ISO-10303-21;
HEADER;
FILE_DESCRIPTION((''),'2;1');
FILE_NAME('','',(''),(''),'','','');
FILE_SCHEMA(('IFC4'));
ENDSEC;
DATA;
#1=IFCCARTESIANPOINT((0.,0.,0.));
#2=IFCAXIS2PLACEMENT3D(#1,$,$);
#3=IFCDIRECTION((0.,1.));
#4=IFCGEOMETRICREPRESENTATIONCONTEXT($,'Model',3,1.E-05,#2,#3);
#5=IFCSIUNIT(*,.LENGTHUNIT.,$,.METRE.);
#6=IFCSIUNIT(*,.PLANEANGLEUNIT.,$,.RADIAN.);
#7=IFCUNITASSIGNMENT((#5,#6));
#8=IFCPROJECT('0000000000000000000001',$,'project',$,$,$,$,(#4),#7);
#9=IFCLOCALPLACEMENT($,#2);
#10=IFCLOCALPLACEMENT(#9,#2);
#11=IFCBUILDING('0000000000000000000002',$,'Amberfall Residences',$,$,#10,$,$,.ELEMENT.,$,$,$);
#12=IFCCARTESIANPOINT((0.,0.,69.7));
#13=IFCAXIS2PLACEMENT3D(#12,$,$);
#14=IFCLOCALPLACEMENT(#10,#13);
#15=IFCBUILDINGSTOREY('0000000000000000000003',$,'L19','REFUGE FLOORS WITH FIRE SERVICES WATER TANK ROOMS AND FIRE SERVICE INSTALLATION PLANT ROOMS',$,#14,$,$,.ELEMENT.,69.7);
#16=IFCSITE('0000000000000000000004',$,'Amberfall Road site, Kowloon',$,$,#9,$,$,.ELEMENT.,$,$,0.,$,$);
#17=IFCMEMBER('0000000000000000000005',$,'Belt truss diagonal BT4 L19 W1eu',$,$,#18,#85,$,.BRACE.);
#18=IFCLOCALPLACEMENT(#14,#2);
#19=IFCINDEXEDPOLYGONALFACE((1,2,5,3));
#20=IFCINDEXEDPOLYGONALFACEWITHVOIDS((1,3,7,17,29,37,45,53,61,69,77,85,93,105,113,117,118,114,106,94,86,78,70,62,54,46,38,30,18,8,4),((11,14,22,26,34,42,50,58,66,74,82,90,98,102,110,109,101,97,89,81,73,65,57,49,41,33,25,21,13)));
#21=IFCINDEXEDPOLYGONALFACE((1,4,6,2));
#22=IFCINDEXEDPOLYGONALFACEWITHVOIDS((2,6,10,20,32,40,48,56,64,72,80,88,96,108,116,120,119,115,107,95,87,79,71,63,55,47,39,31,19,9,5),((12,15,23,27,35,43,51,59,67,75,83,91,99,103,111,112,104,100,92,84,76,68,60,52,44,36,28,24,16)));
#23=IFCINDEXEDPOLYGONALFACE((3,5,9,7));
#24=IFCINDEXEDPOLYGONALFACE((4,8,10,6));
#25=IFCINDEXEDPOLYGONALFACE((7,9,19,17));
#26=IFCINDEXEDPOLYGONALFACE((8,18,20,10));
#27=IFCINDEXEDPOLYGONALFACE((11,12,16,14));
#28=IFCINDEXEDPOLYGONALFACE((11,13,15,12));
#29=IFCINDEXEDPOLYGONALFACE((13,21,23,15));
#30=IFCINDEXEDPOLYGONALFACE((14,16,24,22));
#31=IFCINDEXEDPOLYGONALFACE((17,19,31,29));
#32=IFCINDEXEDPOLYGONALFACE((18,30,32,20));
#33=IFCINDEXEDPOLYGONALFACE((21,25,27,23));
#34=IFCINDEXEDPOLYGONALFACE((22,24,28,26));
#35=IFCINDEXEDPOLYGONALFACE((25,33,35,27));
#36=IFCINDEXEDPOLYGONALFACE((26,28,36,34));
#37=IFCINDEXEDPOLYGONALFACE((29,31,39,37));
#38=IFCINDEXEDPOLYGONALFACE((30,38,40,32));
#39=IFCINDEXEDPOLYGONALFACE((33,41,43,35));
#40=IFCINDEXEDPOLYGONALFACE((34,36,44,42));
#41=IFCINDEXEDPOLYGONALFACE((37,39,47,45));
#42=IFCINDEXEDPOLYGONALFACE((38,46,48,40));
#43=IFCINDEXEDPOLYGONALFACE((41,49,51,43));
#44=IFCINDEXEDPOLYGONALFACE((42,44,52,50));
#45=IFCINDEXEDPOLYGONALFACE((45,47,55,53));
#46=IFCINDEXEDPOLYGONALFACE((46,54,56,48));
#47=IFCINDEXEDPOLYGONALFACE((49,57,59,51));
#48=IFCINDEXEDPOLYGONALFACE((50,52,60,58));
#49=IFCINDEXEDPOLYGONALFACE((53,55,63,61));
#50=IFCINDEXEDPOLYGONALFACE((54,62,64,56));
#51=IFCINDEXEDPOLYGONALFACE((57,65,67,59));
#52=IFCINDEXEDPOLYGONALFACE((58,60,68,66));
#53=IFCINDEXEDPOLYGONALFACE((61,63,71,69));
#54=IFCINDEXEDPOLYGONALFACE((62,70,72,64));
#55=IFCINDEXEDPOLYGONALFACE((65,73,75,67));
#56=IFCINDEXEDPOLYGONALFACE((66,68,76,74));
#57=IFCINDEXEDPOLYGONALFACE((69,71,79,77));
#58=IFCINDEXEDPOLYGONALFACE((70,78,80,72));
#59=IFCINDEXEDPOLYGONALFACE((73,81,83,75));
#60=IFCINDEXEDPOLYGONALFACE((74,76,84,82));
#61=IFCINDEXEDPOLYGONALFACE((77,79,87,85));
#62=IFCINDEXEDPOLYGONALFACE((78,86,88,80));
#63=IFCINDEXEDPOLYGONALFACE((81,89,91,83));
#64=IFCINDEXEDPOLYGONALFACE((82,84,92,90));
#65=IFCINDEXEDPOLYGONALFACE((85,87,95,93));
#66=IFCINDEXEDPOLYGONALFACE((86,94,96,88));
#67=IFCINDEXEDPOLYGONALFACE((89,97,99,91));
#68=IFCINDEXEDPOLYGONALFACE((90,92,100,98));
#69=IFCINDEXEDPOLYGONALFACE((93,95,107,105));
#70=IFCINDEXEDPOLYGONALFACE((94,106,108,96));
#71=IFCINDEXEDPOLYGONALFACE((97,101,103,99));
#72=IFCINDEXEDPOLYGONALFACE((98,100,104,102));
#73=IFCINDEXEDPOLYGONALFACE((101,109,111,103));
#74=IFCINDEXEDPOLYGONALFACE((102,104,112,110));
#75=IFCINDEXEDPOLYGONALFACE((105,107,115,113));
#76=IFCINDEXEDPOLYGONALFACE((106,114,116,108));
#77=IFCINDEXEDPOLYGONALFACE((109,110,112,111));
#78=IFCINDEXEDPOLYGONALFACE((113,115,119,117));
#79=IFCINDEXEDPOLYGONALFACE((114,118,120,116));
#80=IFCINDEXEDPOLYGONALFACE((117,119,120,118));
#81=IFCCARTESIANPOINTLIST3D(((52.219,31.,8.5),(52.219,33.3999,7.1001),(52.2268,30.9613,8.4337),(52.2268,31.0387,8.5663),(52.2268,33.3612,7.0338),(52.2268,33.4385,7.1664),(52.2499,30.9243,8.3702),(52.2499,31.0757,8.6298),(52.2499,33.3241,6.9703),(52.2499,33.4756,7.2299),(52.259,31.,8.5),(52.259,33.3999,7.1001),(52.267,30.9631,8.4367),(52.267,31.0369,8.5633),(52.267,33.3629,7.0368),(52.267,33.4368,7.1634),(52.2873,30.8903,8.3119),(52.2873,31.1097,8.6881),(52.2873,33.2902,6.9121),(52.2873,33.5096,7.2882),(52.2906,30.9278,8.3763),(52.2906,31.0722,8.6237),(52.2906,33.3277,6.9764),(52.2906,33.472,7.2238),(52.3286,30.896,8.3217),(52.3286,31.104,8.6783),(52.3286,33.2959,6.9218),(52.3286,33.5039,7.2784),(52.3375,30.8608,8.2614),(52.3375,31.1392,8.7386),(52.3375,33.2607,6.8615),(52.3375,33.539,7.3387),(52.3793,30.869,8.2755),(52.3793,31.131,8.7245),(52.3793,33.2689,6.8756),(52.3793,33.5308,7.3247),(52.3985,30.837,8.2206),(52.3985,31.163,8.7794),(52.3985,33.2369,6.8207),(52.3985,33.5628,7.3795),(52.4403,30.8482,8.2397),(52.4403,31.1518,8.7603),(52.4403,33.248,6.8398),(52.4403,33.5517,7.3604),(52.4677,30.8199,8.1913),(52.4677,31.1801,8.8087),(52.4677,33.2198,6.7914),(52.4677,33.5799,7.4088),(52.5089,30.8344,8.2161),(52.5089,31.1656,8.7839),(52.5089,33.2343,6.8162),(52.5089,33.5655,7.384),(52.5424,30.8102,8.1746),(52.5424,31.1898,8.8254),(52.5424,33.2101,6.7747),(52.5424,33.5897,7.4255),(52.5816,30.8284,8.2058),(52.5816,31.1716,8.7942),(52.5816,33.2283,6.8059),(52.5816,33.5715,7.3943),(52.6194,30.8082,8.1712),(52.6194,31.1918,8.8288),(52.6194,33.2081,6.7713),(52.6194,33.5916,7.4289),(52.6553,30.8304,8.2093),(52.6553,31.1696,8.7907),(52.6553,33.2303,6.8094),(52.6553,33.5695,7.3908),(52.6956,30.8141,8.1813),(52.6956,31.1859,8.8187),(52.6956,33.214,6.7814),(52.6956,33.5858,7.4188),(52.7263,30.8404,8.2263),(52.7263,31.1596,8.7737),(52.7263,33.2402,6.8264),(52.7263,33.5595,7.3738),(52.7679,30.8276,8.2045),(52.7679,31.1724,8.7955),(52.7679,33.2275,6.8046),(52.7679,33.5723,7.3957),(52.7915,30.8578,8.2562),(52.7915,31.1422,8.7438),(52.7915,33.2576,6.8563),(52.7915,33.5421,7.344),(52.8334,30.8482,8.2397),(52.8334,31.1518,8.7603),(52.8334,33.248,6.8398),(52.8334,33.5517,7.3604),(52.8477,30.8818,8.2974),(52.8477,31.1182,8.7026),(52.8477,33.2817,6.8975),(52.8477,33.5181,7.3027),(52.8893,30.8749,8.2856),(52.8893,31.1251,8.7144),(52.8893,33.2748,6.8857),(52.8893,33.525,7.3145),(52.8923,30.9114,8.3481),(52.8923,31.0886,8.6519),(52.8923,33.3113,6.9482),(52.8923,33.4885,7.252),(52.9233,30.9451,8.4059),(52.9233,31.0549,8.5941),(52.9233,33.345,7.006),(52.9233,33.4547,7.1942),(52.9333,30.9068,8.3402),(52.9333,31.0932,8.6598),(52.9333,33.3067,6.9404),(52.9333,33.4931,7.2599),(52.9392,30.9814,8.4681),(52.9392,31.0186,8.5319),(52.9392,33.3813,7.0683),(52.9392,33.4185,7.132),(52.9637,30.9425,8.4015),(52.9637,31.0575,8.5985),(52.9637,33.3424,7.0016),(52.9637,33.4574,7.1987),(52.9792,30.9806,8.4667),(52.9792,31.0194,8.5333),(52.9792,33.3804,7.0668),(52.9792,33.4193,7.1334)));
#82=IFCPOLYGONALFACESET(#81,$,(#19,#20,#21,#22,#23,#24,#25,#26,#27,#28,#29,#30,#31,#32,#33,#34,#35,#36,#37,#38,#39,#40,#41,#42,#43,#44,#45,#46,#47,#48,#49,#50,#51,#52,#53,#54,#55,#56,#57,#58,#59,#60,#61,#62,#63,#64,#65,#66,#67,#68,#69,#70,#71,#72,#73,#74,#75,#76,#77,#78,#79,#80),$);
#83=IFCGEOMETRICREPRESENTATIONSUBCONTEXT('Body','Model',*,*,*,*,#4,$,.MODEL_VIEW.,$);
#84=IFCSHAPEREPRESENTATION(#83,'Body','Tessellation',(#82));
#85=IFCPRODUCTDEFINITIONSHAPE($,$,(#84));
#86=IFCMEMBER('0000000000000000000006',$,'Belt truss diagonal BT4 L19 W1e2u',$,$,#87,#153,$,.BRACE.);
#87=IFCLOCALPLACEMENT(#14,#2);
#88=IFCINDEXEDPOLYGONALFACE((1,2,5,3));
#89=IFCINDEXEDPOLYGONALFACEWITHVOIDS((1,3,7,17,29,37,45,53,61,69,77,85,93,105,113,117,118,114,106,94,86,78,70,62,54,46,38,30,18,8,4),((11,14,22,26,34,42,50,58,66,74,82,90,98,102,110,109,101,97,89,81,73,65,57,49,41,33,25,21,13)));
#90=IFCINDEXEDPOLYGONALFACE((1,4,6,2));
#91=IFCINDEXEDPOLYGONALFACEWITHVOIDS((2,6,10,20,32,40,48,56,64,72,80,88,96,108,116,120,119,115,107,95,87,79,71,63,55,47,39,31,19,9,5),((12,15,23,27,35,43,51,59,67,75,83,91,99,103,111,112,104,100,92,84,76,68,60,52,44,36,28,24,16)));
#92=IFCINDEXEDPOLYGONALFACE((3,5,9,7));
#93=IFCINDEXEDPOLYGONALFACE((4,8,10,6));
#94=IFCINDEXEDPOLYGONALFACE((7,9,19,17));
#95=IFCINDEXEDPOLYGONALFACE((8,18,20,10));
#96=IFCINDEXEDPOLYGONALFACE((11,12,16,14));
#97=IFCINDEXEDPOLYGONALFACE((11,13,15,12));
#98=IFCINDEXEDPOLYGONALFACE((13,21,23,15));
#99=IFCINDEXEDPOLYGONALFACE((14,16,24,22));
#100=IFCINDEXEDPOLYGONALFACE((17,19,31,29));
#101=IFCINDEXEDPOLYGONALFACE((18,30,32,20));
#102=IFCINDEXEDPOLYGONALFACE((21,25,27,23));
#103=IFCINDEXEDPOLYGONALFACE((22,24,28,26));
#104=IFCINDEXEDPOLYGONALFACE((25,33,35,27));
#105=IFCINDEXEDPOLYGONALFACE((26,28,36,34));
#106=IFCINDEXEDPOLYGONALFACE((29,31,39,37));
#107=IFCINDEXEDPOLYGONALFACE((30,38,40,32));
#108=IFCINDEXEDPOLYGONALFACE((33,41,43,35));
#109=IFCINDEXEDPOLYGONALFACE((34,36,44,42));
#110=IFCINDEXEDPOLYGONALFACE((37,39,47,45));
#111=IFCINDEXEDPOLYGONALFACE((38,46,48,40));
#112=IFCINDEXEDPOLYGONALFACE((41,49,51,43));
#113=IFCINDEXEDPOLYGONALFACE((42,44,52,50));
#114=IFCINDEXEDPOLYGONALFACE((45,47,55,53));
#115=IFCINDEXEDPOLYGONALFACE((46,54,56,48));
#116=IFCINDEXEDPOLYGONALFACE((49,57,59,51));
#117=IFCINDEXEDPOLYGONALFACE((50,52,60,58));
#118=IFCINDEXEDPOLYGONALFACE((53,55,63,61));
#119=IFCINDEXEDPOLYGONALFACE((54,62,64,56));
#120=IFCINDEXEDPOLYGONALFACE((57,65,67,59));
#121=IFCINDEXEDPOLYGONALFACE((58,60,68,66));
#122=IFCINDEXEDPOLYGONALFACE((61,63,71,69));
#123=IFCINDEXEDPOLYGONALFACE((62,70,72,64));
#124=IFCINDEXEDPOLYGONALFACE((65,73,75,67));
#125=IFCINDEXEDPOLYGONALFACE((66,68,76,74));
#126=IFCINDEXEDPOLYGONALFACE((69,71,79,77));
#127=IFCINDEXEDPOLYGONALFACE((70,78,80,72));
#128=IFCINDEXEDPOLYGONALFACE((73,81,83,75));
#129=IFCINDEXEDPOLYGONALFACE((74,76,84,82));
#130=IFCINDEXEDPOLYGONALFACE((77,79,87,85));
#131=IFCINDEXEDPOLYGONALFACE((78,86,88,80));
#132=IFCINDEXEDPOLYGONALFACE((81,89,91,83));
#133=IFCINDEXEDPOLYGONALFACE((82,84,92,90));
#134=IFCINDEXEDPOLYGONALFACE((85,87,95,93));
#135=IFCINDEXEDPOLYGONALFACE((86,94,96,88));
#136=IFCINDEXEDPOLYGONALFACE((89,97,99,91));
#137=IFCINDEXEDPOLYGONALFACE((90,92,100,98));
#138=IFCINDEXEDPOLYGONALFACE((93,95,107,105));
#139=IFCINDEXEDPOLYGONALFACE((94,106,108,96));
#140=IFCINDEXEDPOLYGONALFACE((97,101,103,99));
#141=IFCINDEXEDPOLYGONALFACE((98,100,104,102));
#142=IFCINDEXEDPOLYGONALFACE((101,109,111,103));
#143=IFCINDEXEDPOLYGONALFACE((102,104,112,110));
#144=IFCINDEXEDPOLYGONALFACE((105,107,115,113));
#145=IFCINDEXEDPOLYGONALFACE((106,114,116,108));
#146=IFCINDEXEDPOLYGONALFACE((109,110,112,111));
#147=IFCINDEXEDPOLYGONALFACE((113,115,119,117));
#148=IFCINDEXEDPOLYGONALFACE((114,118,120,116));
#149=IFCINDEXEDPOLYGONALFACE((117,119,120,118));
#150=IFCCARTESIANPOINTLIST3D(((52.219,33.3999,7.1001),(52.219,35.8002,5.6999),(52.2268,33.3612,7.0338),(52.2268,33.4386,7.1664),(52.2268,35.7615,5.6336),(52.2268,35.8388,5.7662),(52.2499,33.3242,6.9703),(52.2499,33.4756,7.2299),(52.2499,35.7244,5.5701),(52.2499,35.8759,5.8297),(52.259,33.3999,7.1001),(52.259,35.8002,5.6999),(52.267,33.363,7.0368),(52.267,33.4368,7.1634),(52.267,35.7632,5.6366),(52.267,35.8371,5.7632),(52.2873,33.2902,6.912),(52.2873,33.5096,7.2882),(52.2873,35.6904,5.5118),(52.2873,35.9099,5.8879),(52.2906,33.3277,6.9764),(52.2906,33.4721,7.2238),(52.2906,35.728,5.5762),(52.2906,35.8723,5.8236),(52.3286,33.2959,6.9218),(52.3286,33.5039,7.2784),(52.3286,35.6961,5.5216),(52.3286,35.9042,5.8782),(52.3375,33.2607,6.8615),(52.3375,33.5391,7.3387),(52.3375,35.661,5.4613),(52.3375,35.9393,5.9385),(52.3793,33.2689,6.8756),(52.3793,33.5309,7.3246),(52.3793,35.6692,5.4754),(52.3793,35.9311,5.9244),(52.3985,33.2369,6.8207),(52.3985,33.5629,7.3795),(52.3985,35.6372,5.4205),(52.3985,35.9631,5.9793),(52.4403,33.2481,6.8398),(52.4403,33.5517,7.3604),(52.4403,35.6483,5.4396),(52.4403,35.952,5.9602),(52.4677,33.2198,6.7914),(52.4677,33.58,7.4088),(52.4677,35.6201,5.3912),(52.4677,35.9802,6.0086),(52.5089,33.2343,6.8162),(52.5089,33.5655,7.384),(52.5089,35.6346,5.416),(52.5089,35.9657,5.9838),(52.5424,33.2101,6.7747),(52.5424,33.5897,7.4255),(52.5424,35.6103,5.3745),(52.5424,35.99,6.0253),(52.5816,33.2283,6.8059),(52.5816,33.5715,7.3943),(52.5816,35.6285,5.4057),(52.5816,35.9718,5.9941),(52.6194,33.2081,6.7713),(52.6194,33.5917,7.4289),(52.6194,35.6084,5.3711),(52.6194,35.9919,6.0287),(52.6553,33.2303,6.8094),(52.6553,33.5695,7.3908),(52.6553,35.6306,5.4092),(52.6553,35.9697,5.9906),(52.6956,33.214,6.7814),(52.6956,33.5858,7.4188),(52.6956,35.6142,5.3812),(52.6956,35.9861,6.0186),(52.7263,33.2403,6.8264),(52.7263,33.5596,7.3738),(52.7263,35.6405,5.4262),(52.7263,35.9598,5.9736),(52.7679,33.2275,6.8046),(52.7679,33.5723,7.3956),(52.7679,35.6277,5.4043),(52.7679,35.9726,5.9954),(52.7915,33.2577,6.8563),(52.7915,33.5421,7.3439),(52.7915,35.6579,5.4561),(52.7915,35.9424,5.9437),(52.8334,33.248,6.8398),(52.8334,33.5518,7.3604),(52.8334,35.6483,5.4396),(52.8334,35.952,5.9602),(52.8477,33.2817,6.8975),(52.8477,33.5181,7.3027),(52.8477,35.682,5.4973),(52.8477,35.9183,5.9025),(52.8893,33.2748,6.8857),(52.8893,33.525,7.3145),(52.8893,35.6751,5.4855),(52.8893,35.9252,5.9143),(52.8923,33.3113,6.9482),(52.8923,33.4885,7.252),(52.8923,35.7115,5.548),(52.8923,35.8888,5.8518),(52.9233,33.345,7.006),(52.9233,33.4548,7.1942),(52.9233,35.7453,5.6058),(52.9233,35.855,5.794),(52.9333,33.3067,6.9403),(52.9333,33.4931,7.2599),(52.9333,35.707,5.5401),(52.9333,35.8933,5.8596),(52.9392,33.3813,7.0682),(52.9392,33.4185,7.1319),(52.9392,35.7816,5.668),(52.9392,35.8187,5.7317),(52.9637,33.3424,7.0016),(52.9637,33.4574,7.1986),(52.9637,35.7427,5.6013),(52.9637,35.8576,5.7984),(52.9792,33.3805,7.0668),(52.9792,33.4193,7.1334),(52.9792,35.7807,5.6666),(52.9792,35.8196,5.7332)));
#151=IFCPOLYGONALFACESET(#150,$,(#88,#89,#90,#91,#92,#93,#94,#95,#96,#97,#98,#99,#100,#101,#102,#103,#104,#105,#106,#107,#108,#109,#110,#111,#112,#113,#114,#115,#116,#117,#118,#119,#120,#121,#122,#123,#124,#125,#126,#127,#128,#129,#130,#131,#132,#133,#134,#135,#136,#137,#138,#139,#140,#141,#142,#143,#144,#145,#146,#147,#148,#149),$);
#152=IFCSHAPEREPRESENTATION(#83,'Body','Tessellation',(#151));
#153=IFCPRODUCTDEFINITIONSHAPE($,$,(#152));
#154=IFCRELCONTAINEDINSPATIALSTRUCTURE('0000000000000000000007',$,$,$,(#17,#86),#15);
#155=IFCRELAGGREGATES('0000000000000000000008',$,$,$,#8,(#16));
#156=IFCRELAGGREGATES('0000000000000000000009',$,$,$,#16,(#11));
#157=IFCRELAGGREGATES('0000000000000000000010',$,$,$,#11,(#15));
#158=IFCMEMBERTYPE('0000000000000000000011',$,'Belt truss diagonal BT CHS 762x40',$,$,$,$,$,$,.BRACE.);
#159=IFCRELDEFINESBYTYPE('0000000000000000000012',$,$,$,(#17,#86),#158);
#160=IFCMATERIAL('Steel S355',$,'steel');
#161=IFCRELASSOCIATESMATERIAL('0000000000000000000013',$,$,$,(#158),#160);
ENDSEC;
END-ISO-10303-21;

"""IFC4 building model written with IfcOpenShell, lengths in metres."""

from ifc_helpers import new_model, si_unit, direction, frame, origin, origin_2d, place, context, subcontext, project, spatial, hollow_circle, extrude, material, material_profile, profile_set, type_object, element, save


model = new_model("IFC4")

# Units and contexts
model_context = context("Model", 3, precision=1e-05, world=origin(), true_north=direction((0.0, 1.0)))
body_context = subcontext(model_context, "Body", "Model", "MODEL_VIEW")
ifc_project = project(units=[si_unit("LENGTHUNIT", "METRE"), si_unit("PLANEANGLEUNIT", "RADIAN")], contexts=[model_context])

# Site, building, storey
site_placement = place(None, origin())
site = spatial("IfcSite", under=ifc_project, at=site_placement, Name="Amberfall Road site, Kowloon", CompositionType="ELEMENT", RefElevation=0.0)
building_placement = place(site_placement, origin())
building = spatial("IfcBuilding", under=site, at=building_placement, Name="Amberfall Residences", CompositionType="ELEMENT")
storey_placement = place(building_placement, frame((0.0, 0.0, 69.7)))
storey = spatial("IfcBuildingStorey", under=building, at=storey_placement, Name="L19", Description="REFUGE FLOORS WITH FIRE SERVICES WATER TANK ROOMS AND FIRE SERVICE INSTALLATION PLANT ROOMS", CompositionType="ELEMENT", Elevation=69.7)

# Shared definitions
ifc_material_1 = material(Name="Steel S355", Category="steel")

# Members
ifc_material_profile_1 = material_profile(ifc_material_1, hollow_circle(Radius=0.3811, WallThickness=0.04, at=origin_2d()), Name="CHS 762x40")
ifc_profile_set_1 = profile_set([ifc_material_profile_1], Name="Steel S355")
member_type = type_object("IfcMemberType", Name="Belt truss diagonal BT CHS 762x40", PredefinedType="BRACE", material=ifc_profile_set_1)
member_1_placement = place(storey_placement, frame((52.6001, 31.0, 8.5), z_axis=(0.0, 0.863785, -0.50386), x_axis=(-1.0, 0.0, 0.0)))
element("IfcMember", 1, at=member_1_placement, inside=storey, type_object=member_type, Name="Belt truss diagonal BT4 L19 W1eu", PredefinedType="BRACE", context=body_context, shape_type="SweptSolid", body=[
    extrude(hollow_circle(Radius=0.3811, WallThickness=0.04, at=origin_2d()), origin(), (0.0, 0.0, 1.0), 2.7783),
])
member_2_placement = place(storey_placement, frame((52.6001, 33.3999, 7.1001), z_axis=(0.0, 0.863769, -0.503887), x_axis=(-1.0, 0.0, 0.0)))
element("IfcMember", 2, at=member_2_placement, inside=storey, type_object=member_type, Name="Belt truss diagonal BT4 L19 W1e2u", PredefinedType="BRACE", context=body_context, shape_type="SweptSolid", body=[
    extrude(hollow_circle(Radius=0.3811, WallThickness=0.04, at=origin_2d()), origin(), (0.0, 0.0, 1.0), 2.7788),
])

save(model, "model.ifc")
